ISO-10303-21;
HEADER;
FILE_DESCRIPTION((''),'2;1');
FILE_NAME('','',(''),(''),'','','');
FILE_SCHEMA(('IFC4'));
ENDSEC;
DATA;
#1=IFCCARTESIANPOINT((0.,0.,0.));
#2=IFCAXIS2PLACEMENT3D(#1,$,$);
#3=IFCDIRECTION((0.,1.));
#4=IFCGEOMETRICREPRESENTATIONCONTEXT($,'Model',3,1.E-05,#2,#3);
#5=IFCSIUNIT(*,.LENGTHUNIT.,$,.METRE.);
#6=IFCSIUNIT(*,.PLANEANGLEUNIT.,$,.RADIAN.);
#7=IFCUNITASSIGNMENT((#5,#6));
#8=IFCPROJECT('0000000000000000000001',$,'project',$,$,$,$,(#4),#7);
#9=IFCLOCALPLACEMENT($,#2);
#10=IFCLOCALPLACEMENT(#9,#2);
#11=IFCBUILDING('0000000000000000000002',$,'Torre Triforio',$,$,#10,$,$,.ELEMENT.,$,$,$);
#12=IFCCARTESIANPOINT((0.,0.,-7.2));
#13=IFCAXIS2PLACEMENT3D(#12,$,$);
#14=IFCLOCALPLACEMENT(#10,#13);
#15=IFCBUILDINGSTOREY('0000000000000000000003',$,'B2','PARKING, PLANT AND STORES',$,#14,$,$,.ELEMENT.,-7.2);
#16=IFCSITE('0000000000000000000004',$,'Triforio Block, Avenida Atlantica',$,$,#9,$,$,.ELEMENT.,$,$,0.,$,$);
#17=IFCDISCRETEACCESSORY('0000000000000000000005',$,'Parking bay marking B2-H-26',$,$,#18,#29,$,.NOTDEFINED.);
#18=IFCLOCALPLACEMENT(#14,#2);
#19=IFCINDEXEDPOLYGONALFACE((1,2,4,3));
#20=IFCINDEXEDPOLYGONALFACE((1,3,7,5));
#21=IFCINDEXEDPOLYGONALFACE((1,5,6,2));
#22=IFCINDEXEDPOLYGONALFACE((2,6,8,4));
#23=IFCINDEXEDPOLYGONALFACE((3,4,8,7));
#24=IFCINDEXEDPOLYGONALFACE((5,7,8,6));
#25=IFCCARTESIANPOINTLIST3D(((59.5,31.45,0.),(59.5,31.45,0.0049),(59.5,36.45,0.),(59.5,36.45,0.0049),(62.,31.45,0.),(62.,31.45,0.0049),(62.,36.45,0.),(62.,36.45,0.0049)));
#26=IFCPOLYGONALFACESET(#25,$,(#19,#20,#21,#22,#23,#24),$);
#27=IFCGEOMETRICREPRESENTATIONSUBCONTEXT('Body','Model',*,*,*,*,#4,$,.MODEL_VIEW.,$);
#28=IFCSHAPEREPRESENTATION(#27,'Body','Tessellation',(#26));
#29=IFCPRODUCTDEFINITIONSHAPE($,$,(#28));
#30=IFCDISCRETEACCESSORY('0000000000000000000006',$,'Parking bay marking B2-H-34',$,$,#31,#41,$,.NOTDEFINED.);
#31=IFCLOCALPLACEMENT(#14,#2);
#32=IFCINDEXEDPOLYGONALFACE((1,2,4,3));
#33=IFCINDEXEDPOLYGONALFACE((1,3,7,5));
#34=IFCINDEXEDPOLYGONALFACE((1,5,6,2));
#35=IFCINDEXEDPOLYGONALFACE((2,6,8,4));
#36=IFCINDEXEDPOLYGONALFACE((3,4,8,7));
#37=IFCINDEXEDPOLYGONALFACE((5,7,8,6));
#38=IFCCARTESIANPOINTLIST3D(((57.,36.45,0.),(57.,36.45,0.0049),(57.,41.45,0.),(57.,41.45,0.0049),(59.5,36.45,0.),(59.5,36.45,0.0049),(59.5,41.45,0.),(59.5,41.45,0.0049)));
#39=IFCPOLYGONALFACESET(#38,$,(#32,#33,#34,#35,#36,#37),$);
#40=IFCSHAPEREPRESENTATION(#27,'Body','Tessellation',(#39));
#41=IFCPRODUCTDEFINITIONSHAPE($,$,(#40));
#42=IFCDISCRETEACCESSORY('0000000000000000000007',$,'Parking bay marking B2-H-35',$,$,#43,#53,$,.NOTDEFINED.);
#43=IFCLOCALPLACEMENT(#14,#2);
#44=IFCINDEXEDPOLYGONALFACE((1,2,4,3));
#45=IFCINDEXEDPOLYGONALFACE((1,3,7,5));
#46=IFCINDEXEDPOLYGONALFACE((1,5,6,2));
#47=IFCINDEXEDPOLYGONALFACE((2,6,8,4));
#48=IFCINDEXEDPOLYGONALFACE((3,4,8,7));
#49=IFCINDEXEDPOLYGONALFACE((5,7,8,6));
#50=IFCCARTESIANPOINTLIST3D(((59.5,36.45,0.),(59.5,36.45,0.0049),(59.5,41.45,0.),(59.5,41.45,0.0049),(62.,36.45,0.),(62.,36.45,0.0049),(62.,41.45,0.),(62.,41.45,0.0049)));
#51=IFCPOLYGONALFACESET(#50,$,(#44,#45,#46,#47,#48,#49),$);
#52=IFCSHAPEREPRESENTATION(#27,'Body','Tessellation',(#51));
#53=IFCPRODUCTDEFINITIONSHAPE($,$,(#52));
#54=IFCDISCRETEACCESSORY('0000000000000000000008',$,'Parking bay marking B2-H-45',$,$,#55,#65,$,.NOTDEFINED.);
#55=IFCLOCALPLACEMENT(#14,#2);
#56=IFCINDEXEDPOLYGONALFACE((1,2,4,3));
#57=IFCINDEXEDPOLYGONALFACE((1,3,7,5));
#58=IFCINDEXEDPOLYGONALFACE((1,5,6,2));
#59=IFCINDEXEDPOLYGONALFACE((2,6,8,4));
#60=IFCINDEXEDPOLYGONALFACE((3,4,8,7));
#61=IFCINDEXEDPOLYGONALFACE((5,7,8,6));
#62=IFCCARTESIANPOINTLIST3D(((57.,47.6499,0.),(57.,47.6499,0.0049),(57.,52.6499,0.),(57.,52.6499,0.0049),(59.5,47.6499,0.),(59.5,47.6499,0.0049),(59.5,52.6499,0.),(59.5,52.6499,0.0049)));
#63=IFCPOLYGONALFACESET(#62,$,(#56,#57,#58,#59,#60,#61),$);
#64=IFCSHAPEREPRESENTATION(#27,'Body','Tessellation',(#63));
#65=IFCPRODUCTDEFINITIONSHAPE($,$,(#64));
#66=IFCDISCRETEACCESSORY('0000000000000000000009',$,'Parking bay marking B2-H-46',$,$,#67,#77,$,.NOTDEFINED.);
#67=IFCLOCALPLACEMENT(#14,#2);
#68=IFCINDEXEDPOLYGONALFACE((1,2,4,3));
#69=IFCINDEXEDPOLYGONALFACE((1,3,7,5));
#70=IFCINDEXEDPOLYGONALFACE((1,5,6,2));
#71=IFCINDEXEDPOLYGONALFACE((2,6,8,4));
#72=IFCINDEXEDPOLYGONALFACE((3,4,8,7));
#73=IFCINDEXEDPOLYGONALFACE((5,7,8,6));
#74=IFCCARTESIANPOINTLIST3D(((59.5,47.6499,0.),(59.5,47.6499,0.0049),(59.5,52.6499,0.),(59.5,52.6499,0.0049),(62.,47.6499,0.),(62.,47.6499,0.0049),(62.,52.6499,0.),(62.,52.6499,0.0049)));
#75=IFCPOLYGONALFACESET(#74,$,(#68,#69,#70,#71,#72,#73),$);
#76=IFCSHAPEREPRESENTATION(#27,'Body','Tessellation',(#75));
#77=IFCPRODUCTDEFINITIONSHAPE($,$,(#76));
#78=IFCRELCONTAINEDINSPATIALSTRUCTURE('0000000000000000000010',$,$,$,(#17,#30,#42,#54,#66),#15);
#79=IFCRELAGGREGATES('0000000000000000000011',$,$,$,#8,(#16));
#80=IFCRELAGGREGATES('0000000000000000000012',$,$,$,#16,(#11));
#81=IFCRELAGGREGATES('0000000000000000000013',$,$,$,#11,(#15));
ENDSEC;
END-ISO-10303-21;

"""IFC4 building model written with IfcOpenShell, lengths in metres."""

from ifc_helpers import new_model, si_unit, direction, frame, origin, origin_2d, place, context, subcontext, project, spatial, rectangle, extrude, element, save


model = new_model("IFC4")

# Units and contexts
model_context = context("Model", 3, precision=1e-05, world=origin(), true_north=direction((0.0, 1.0)))
body_context = subcontext(model_context, "Body", "Model", "MODEL_VIEW")
ifc_project = project(units=[si_unit("LENGTHUNIT", "METRE"), si_unit("PLANEANGLEUNIT", "RADIAN")], contexts=[model_context])

# Site, building, storey
site_placement = place(None, origin())
site = spatial("IfcSite", under=ifc_project, at=site_placement, Name="Triforio Block, Avenida Atlantica", CompositionType="ELEMENT", RefElevation=0.0)
building_placement = place(site_placement, origin())
building = spatial("IfcBuilding", under=site, at=building_placement, Name="Torre Triforio", CompositionType="ELEMENT")
storey_placement = place(building_placement, frame((0.0, 0.0, -7.2)))
storey = spatial("IfcBuildingStorey", under=building, at=storey_placement, Name="B2", Description="PARKING, PLANT AND STORES", CompositionType="ELEMENT", Elevation=-7.2)

# Discrete accessories
for number, where, z_axis, x_axis, name in (
    (1, (60.75, 33.95, 0.0), (0.0, 0.0, 1.0), (1.0, 0.0, 0.0), "Parking bay marking B2-H-26"),
    (2, (58.25, 38.95, 0.0), (0.0, 0.0, 1.0), (1.0, 0.0, 0.0), "Parking bay marking B2-H-34"),
    (3, (60.75, 38.95, 0.0), (0.0, 0.0, 1.0), (1.0, 0.0, 0.0), "Parking bay marking B2-H-35"),
    (4, (58.25, 50.1499, 0.0), (0.0, 0.0, 1.0), (1.0, 0.0, 0.0), "Parking bay marking B2-H-45"),
    (5, (60.75, 50.1499, 0.0), (0.0, 0.0, 1.0), (1.0, 0.0, 0.0), "Parking bay marking B2-H-46"),
):
    element("IfcDiscreteAccessory", number, at=place(storey_placement, frame(where, z_axis=z_axis, x_axis=x_axis)), inside=storey, Name=name, PredefinedType="NOTDEFINED", context=body_context, shape_type="SweptSolid", body=[
        extrude(rectangle(XDim=2.5, YDim=5.0, at=origin_2d()), origin(), (0.0, 0.0, 1.0), 0.0049),
    ])

save(model, "model.ifc")
